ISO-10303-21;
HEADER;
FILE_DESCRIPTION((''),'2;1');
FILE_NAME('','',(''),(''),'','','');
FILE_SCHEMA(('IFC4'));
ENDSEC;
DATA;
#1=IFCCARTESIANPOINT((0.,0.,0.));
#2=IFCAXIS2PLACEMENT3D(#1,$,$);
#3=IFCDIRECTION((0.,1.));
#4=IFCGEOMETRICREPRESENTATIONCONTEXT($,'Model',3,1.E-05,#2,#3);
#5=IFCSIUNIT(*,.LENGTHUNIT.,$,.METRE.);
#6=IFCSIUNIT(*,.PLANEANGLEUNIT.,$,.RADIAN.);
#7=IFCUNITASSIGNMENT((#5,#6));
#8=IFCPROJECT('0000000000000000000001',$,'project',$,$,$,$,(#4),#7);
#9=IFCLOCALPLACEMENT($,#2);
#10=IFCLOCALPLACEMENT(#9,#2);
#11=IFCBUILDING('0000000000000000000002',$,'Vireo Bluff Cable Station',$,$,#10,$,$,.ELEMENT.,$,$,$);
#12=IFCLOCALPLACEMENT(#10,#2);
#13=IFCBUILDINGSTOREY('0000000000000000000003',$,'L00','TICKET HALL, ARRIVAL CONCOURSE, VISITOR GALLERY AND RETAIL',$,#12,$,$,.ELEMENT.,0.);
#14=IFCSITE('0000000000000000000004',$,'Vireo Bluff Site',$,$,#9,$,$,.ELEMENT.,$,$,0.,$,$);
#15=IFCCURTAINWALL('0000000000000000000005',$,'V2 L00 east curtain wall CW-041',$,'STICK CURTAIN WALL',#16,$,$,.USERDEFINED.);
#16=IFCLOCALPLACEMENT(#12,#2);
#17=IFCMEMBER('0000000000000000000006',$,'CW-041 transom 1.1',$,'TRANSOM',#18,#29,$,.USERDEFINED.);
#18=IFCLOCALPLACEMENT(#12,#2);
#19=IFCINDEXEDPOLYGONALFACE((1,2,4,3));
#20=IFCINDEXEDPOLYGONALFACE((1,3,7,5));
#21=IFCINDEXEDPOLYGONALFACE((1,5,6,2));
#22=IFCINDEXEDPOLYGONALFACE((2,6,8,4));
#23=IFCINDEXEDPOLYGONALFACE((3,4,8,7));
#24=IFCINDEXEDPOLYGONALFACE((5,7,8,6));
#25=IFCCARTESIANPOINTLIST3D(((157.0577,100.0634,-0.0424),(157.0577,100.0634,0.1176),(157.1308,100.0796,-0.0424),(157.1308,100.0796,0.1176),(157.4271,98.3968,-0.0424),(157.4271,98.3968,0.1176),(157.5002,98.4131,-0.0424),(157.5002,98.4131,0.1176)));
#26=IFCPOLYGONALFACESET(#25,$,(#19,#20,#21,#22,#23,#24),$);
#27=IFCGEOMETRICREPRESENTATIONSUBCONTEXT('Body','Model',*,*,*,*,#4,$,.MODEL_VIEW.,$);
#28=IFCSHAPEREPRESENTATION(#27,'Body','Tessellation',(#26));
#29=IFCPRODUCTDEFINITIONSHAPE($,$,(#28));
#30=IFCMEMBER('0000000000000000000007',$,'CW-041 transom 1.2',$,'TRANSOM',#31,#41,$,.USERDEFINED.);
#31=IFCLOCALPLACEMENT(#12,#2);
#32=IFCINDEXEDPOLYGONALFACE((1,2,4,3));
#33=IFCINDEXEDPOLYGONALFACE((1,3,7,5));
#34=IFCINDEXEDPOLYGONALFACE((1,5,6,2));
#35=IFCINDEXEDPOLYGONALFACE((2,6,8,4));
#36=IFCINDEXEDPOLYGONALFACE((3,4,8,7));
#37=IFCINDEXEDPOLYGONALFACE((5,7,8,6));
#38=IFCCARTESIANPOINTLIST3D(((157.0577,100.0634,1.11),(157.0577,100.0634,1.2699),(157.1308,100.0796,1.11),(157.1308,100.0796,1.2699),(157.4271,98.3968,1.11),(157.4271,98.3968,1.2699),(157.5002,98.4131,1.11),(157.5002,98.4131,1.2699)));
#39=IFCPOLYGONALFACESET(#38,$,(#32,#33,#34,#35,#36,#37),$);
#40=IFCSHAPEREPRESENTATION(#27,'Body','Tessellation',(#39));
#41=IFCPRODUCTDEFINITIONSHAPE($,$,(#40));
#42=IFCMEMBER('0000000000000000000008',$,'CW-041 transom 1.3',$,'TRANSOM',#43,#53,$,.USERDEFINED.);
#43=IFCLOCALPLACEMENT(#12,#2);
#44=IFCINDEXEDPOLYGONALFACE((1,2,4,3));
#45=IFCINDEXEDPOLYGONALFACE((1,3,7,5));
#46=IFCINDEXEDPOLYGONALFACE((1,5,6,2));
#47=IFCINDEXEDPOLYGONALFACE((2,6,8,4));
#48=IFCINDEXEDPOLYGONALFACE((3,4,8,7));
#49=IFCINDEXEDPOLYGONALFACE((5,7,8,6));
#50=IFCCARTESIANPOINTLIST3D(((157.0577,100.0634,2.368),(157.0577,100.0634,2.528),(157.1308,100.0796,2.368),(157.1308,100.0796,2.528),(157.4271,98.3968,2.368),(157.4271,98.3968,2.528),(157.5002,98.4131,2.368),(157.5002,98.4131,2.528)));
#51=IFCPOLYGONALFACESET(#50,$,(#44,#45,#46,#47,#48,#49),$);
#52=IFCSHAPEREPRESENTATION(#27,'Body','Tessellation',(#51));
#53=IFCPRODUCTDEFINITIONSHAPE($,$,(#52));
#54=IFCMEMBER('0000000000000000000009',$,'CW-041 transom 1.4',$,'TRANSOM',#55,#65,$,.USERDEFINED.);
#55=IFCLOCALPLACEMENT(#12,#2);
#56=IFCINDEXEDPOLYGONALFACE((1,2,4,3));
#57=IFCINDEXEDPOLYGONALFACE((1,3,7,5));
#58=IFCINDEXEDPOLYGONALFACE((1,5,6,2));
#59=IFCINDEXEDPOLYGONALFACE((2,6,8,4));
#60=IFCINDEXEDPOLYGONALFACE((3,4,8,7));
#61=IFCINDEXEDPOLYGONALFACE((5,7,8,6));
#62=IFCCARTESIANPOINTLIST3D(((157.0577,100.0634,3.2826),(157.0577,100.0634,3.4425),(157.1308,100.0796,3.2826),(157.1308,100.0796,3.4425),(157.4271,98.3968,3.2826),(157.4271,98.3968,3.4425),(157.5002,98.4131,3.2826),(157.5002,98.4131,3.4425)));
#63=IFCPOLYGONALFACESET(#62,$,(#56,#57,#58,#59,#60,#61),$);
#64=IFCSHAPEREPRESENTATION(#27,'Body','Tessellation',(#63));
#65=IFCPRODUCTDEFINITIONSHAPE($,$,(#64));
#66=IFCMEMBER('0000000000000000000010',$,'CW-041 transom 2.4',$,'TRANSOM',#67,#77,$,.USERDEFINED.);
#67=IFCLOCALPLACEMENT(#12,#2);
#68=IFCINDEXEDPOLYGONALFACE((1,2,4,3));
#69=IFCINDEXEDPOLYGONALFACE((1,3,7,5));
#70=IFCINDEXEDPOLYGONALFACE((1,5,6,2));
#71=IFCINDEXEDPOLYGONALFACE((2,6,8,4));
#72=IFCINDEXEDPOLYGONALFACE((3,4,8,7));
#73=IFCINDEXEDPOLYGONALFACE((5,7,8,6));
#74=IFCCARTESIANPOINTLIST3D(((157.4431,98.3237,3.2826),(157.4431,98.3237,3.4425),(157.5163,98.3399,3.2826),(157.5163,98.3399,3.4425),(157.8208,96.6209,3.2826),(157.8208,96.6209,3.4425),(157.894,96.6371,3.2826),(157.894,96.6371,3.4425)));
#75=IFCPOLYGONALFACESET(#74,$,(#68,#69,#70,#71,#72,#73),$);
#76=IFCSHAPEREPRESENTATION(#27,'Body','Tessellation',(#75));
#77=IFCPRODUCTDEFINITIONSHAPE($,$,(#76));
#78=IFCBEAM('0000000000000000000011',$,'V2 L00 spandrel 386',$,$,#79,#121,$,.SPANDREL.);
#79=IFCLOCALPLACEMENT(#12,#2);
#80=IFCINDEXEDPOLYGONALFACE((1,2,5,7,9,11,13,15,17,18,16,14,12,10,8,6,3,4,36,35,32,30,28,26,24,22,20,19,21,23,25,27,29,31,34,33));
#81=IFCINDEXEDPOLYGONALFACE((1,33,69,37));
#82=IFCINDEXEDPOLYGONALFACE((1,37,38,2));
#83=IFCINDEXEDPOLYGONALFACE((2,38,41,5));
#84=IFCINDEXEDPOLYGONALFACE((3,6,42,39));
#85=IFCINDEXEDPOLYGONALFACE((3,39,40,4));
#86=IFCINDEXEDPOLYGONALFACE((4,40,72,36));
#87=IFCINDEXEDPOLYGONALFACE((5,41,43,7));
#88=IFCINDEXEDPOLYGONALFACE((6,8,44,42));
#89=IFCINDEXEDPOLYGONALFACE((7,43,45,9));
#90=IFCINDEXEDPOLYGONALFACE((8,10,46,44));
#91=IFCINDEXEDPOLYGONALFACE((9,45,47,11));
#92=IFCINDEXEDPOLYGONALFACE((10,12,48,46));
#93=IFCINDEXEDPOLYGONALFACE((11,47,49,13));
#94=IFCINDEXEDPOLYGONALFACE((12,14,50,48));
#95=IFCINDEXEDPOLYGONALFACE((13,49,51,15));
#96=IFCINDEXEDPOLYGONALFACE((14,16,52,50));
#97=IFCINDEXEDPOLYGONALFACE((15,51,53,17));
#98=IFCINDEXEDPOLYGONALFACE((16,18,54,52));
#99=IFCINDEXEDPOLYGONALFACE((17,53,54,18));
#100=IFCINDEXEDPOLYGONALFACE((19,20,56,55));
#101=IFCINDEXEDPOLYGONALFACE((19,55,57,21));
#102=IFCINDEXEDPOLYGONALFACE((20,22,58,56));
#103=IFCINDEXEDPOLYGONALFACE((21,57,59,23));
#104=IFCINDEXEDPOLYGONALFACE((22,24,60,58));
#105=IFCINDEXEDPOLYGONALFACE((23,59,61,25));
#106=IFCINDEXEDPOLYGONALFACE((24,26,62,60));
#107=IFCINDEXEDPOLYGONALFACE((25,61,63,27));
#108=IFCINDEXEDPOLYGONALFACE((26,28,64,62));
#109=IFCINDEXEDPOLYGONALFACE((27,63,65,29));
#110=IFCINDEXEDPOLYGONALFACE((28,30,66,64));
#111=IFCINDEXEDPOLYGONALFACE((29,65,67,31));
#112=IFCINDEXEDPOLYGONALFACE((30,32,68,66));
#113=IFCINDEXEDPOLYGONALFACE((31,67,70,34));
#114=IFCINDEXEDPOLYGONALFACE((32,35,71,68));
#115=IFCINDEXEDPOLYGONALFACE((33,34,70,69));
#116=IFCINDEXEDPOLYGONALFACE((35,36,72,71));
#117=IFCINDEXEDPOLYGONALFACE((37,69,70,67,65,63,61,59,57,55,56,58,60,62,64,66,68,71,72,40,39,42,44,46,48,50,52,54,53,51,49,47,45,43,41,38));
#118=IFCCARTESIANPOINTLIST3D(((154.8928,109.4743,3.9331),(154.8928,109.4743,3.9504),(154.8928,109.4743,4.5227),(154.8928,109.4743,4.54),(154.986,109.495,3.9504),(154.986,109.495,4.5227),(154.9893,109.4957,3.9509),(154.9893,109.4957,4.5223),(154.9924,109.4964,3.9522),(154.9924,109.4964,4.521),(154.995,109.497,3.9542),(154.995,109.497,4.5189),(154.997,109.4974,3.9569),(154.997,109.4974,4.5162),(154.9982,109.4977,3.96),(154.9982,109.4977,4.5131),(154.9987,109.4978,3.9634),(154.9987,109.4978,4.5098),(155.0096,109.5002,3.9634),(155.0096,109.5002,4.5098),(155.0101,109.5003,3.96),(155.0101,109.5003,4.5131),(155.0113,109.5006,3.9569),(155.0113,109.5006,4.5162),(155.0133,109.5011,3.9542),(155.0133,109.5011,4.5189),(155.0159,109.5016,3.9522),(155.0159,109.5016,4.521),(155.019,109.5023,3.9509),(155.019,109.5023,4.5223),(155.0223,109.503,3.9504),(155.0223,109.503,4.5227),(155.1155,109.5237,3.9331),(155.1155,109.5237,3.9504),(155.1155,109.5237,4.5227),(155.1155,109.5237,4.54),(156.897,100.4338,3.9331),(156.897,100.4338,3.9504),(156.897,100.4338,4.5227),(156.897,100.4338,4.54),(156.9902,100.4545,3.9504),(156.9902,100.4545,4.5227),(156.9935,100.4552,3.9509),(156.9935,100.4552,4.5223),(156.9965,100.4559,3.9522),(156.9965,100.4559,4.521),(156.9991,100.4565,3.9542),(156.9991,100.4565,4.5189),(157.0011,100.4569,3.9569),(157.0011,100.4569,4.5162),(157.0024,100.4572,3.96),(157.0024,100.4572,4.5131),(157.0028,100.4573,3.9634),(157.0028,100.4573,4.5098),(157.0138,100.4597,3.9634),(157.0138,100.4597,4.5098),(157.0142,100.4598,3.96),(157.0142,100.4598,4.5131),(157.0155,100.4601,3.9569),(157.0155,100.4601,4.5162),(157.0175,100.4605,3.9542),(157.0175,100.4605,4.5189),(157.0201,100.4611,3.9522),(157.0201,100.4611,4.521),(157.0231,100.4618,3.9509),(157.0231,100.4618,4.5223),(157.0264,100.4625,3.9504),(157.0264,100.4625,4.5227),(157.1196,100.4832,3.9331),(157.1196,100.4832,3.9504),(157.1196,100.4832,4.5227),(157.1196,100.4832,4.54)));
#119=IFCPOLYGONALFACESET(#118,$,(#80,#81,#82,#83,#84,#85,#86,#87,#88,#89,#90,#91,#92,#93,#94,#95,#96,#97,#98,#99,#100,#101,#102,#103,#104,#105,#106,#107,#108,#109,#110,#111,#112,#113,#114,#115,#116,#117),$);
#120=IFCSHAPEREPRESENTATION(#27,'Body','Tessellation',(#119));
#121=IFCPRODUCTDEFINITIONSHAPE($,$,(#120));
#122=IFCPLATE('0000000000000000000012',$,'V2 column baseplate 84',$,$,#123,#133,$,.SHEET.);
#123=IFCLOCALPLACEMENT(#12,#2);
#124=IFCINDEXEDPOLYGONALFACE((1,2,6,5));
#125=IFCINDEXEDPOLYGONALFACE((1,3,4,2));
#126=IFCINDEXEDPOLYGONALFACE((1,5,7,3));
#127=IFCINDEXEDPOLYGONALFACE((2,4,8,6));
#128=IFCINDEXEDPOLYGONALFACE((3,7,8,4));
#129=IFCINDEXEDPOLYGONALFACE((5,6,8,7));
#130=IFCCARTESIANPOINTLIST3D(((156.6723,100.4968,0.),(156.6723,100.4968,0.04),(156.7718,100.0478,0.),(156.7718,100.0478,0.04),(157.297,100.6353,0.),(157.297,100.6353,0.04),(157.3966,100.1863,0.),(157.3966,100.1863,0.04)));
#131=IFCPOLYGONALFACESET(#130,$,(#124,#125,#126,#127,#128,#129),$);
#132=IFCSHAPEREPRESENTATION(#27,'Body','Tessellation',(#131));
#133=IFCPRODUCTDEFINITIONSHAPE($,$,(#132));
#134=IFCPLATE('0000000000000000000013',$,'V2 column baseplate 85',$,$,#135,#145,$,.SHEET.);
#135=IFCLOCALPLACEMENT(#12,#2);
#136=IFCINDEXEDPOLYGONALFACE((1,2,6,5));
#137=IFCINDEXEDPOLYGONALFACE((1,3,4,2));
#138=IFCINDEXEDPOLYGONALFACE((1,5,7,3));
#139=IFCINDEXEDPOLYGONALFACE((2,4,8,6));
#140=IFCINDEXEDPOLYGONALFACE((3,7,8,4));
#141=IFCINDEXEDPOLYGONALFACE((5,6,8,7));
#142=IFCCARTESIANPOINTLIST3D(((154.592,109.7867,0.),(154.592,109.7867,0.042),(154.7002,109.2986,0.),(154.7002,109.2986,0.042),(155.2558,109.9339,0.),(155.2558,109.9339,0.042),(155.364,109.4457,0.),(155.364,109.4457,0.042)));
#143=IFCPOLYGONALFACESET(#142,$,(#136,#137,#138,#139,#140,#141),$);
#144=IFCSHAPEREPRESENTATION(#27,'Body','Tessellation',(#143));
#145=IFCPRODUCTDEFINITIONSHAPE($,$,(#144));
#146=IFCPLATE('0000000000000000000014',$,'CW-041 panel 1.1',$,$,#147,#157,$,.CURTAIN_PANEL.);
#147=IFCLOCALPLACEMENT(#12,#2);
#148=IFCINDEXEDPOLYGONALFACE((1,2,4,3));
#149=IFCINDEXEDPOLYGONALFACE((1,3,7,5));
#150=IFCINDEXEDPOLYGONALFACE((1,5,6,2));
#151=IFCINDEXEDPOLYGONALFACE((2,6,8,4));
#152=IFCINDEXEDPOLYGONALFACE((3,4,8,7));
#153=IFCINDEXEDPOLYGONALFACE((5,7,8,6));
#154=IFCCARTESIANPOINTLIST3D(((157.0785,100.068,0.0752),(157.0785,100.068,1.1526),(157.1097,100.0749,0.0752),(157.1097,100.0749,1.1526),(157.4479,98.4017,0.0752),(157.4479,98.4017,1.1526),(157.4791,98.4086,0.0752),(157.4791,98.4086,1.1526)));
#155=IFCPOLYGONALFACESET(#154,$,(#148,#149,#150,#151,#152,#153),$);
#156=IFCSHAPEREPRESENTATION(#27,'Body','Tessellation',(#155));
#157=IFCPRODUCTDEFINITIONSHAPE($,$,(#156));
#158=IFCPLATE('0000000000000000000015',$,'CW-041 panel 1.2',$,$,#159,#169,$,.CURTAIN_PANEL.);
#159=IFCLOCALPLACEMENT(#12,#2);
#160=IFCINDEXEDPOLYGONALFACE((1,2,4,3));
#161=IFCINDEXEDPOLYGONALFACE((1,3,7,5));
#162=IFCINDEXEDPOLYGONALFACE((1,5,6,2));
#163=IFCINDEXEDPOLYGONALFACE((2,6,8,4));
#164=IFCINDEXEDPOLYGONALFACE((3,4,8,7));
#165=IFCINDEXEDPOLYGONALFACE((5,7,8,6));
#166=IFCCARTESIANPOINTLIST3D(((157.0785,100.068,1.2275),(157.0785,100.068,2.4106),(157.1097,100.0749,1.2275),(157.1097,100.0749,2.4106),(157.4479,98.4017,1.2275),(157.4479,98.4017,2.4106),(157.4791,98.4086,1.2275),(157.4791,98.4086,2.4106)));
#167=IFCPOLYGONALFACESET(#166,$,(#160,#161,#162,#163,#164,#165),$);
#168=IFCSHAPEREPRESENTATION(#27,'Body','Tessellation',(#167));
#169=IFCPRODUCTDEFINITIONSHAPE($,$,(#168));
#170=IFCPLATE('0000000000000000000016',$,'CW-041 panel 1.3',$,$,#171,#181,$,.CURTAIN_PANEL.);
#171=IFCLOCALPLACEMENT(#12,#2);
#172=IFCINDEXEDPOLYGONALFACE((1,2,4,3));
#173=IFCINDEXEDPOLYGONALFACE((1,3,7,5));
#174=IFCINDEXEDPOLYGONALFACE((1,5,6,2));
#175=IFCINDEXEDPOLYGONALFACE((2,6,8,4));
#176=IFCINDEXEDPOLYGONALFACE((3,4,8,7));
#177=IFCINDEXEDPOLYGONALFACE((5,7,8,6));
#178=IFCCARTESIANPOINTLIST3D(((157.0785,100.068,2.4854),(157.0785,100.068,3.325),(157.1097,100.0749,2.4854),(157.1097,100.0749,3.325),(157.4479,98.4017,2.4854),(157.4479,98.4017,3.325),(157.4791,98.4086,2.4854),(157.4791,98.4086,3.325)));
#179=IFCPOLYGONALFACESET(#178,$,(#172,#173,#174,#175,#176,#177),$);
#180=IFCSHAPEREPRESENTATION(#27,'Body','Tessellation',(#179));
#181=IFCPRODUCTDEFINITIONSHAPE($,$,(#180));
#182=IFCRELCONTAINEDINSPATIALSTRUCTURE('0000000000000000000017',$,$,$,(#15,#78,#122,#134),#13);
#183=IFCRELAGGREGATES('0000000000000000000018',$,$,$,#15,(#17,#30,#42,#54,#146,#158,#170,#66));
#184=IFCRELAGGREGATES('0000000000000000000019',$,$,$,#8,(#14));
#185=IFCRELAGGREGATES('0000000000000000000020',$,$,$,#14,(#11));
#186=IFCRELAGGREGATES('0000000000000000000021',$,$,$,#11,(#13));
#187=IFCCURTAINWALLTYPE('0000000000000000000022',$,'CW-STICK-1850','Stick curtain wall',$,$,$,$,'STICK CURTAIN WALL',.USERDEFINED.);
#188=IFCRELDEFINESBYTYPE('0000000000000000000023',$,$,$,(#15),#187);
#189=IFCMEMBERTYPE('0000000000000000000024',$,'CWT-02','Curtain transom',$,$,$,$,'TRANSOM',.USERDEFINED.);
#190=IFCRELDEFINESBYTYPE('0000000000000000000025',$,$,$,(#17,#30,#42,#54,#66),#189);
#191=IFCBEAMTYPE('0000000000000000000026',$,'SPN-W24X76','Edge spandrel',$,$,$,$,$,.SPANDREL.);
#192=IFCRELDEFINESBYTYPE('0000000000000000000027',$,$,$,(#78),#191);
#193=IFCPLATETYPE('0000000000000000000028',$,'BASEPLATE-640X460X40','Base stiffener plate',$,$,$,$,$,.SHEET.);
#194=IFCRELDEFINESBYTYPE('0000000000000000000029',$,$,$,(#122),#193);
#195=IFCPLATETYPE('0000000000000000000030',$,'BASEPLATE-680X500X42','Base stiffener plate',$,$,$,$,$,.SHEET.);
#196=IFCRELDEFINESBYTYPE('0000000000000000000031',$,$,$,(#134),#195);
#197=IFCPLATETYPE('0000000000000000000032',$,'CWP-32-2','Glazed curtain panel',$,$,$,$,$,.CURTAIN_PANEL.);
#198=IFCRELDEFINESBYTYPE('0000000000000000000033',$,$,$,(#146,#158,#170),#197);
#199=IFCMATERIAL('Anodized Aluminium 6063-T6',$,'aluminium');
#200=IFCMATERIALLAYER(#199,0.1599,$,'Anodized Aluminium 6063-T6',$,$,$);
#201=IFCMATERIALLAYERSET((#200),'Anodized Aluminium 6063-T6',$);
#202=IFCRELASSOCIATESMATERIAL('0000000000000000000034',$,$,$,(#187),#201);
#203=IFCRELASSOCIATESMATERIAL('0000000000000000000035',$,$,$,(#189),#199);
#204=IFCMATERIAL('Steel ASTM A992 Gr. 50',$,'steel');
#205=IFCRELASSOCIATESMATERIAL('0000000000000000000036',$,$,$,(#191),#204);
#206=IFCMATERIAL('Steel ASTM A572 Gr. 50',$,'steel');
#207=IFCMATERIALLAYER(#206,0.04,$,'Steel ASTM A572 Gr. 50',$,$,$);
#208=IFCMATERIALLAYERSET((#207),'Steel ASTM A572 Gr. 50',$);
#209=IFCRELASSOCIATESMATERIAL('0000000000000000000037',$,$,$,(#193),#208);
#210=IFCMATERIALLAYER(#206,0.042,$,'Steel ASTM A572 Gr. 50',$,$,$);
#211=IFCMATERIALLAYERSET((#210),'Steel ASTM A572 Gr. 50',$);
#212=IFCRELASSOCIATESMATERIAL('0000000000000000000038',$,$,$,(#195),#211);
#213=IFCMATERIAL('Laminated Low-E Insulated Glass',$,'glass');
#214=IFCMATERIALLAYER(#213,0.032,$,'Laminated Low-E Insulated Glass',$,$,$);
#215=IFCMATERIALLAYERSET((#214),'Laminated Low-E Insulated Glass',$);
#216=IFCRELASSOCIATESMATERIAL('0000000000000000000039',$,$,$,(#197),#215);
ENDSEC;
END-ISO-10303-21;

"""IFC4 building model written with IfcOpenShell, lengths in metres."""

from ifc_helpers import new_model, si_unit, direction, frame, origin, origin_2d, place, context, subcontext, project, spatial, rectangle, i_section, extrude, material, layer, layer_set, material_profile, profile_set, type_object, element, aggregate, save


model = new_model("IFC4")

# Units and contexts
model_context = context("Model", 3, precision=1e-05, world=origin(), true_north=direction((0.0, 1.0)))
body_context = subcontext(model_context, "Body", "Model", "MODEL_VIEW")
ifc_project = project(units=[si_unit("LENGTHUNIT", "METRE"), si_unit("PLANEANGLEUNIT", "RADIAN")], contexts=[model_context])

# Site, building, storey
site_placement = place(None, origin())
site = spatial("IfcSite", under=ifc_project, at=site_placement, Name="Vireo Bluff Site", CompositionType="ELEMENT", RefElevation=0.0)
building_placement = place(site_placement, origin())
building = spatial("IfcBuilding", under=site, at=building_placement, Name="Vireo Bluff Cable Station", CompositionType="ELEMENT")
storey_placement = place(building_placement, origin())
storey = spatial("IfcBuildingStorey", under=building, at=storey_placement, Name="L00", Description="TICKET HALL, ARRIVAL CONCOURSE, VISITOR GALLERY AND RETAIL", CompositionType="ELEMENT", Elevation=0.0)

# Shared definitions
ifc_material_1 = material(Name="Steel ASTM A992 Gr. 50", Category="steel")

# Curtain wall, members
ifc_material_2 = material(Name="Anodized Aluminium 6063-T6", Category="aluminium")
ifc_layer_1 = layer(ifc_material_2, 0.1599, Name="Anodized Aluminium 6063-T6")
ifc_layer_set_1 = layer_set([ifc_layer_1], Name="Anodized Aluminium 6063-T6")
curtain_wall_type = type_object("IfcCurtainWallType", Name="CW-STICK-1850", Description="Stick curtain wall", ElementType="STICK CURTAIN WALL", PredefinedType="USERDEFINED", material=ifc_layer_set_1)
curtain_wall_placement = place(storey_placement, origin())
curtain_wall = element("IfcCurtainWall", 1, at=curtain_wall_placement, inside=storey, type_object=curtain_wall_type, Name="V2 L00 east curtain wall CW-041", ObjectType="STICK CURTAIN WALL", PredefinedType="USERDEFINED")
ifc_material_profile_1 = material_profile(ifc_material_2, rectangle(XDim=0.075, YDim=0.1599, at=origin_2d()), Name="ALU-T-75X160")
ifc_profile_set_1 = profile_set([ifc_material_profile_1], Name="Anodized Aluminium 6063-T6")
member_type_1 = type_object("IfcMemberType", Name="CWT-02", Description="Curtain transom", ElementType="TRANSOM", PredefinedType="USERDEFINED", material=ifc_profile_set_1)
member_1_placement = place(storey_placement, frame((157.0942, 100.0715, 0.0376), z_axis=(0.2164, -0.976305, 0.0), x_axis=(0.976305, 0.2164, 0.0)))
member_1 = element("IfcMember", 2, at=member_1_placement, type_object=member_type_1, Name="CW-041 transom 1.1", ObjectType="TRANSOM", PredefinedType="USERDEFINED", context=body_context, shape_type="SweptSolid", body=[
    extrude(rectangle(XDim=0.075, YDim=0.1599, at=origin_2d()), origin(), (0.0, 0.0, 1.0), 1.707),
])
member_2_placement = place(storey_placement, frame((157.0942, 100.0715, 1.1899), z_axis=(0.2164, -0.976305, 0.0), x_axis=(0.976305, 0.2164, 0.0)))
member_2 = element("IfcMember", 3, at=member_2_placement, type_object=member_type_1, Name="CW-041 transom 1.2", ObjectType="TRANSOM", PredefinedType="USERDEFINED", context=body_context, shape_type="SweptSolid", body=[
    extrude(rectangle(XDim=0.075, YDim=0.1599, at=origin_2d()), origin(), (0.0, 0.0, 1.0), 1.707),
])
member_3_placement = place(storey_placement, frame((157.0942, 100.0715, 2.448), z_axis=(0.2164, -0.976305, 0.0), x_axis=(0.976305, 0.2164, 0.0)))
member_3 = element("IfcMember", 4, at=member_3_placement, type_object=member_type_1, Name="CW-041 transom 1.3", ObjectType="TRANSOM", PredefinedType="USERDEFINED", context=body_context, shape_type="SweptSolid", body=[
    extrude(rectangle(XDim=0.075, YDim=0.1599, at=origin_2d()), origin(), (0.0, 0.0, 1.0), 1.707),
])
member_4_placement = place(storey_placement, frame((157.0942, 100.0715, 3.3625), z_axis=(0.2164, -0.976305, 0.0), x_axis=(0.976305, 0.2164, 0.0)))
member_4 = element("IfcMember", 5, at=member_4_placement, type_object=member_type_1, Name="CW-041 transom 1.4", ObjectType="TRANSOM", PredefinedType="USERDEFINED", context=body_context, shape_type="SweptSolid", body=[
    extrude(rectangle(XDim=0.075, YDim=0.1599, at=origin_2d()), origin(), (0.0, 0.0, 1.0), 1.707),
])
member_5_placement = place(storey_placement, frame((157.4797, 98.3318, 3.3625), z_axis=(0.21653, -0.976276, 0.0), x_axis=(0.976276, 0.21653, 0.0)))
member_5 = element("IfcMember", 6, at=member_5_placement, type_object=member_type_1, Name="CW-041 transom 2.4", ObjectType="TRANSOM", PredefinedType="USERDEFINED", context=body_context, shape_type="SweptSolid", body=[
    extrude(rectangle(XDim=0.075, YDim=0.1599, at=origin_2d()), origin(), (0.0, 0.0, 1.0), 1.7441),
])

# Beam
ifc_material_profile_2 = material_profile(ifc_material_1, i_section(OverallWidth=0.228, OverallDepth=0.6069, WebThickness=0.0112, FlangeThickness=0.0173, FilletRadius=0.0129, at=origin_2d()), Name="W24X76")
ifc_profile_set_2 = profile_set([ifc_material_profile_2], Name="Steel ASTM A992 Gr. 50")
beam_type = type_object("IfcBeamType", Name="SPN-W24X76", Description="Edge spandrel", PredefinedType="SPANDREL", material=ifc_profile_set_2)
beam_placement = place(storey_placement, frame((157.0083, 100.4585, 4.2366), z_axis=(-0.216431, 0.976298, 0.0), x_axis=(-0.976298, -0.216431, 0.0)))
element("IfcBeam", 7, at=beam_placement, inside=storey, type_object=beam_type, Name="V2 L00 spandrel 386", PredefinedType="SPANDREL", context=body_context, shape_type="SweptSolid", body=[
    extrude(i_section(OverallWidth=0.228, OverallDepth=0.6069, WebThickness=0.0112, FlangeThickness=0.0173, FilletRadius=0.0129, at=origin_2d()), origin(), (0.0, 0.0, 1.0), 9.26),
])

# Plates
ifc_material_3 = material(Name="Steel ASTM A572 Gr. 50", Category="steel")
ifc_layer_2 = layer(ifc_material_3, 0.04, Name="Steel ASTM A572 Gr. 50")
ifc_layer_set_2 = layer_set([ifc_layer_2], Name="Steel ASTM A572 Gr. 50")
plate_type_1 = type_object("IfcPlateType", Name="BASEPLATE-640X460X40", Description="Base stiffener plate", PredefinedType="SHEET", material=ifc_layer_set_2)
plate_1_placement = place(storey_placement, frame((157.0344, 100.3416, 0.0), z_axis=(0.0, 0.0, 1.0), x_axis=(0.976296, 0.21644, 0.0)))
element("IfcPlate", 8, at=plate_1_placement, inside=storey, type_object=plate_type_1, Name="V2 column baseplate 84", PredefinedType="SHEET", context=body_context, shape_type="SweptSolid", body=[
    extrude(rectangle(XDim=0.6399, YDim=0.46, at=origin_2d()), origin(), (0.0, 0.0, 1.0), 0.04),
])
ifc_layer_3 = layer(ifc_material_3, 0.042, Name="Steel ASTM A572 Gr. 50")
ifc_layer_set_3 = layer_set([ifc_layer_3], Name="Steel ASTM A572 Gr. 50")
plate_type_2 = type_object("IfcPlateType", Name="BASEPLATE-680X500X42", Description="Base stiffener plate", PredefinedType="SHEET", material=ifc_layer_set_3)
plate_2_placement = place(storey_placement, frame((154.978, 109.6162, 0.0), z_axis=(0.0, 0.0, 1.0), x_axis=(0.976296, 0.21644, 0.0)))
element("IfcPlate", 9, at=plate_2_placement, inside=storey, type_object=plate_type_2, Name="V2 column baseplate 85", PredefinedType="SHEET", context=body_context, shape_type="SweptSolid", body=[
    extrude(rectangle(XDim=0.6799, YDim=0.5, at=origin_2d()), origin(), (0.0, 0.0, 1.0), 0.042),
])

# Plates
ifc_material_4 = material(Name="Laminated Low-E Insulated Glass", Category="glass")
ifc_layer_4 = layer(ifc_material_4, 0.032, Name="Laminated Low-E Insulated Glass")
ifc_layer_set_4 = layer_set([ifc_layer_4], Name="Laminated Low-E Insulated Glass")
plate_type_3 = type_object("IfcPlateType", Name="CWP-32-2", Description="Glazed curtain panel", PredefinedType="CURTAIN_PANEL", material=ifc_layer_set_4)
plate_3_placement = place(storey_placement, frame((157.2788, 99.2383, 0.0752), z_axis=(0.0, 0.0, 1.0), x_axis=(0.21644, -0.976296, 0.0)))
plate_3 = element("IfcPlate", 10, at=plate_3_placement, type_object=plate_type_3, Name="CW-041 panel 1.1", PredefinedType="CURTAIN_PANEL", context=body_context, shape_type="SweptSolid", body=[
    extrude(rectangle(XDim=1.7068, YDim=0.032, at=origin_2d()), origin(), (0.0, 0.0, 1.0), 1.0774),
])
plate_4_placement = place(storey_placement, frame((157.2788, 99.2383, 1.2275), z_axis=(0.0, 0.0, 1.0), x_axis=(0.21644, -0.976296, 0.0)))
plate_4 = element("IfcPlate", 11, at=plate_4_placement, type_object=plate_type_3, Name="CW-041 panel 1.2", PredefinedType="CURTAIN_PANEL", context=body_context, shape_type="SweptSolid", body=[
    extrude(rectangle(XDim=1.7068, YDim=0.032, at=origin_2d()), origin(), (0.0, 0.0, 1.0), 1.1831),
])
plate_5_placement = place(storey_placement, frame((157.2788, 99.2383, 2.4854), z_axis=(0.0, 0.0, 1.0), x_axis=(0.21644, -0.976296, 0.0)))
plate_5 = element("IfcPlate", 12, at=plate_5_placement, type_object=plate_type_3, Name="CW-041 panel 1.3", PredefinedType="CURTAIN_PANEL", context=body_context, shape_type="SweptSolid", body=[
    extrude(rectangle(XDim=1.7068, YDim=0.032, at=origin_2d()), origin(), (0.0, 0.0, 1.0), 0.8396),
])
aggregate(curtain_wall, [member_1, member_2, member_3, member_4, plate_3, plate_4, plate_5, member_5])

save(model, "model.ifc")
